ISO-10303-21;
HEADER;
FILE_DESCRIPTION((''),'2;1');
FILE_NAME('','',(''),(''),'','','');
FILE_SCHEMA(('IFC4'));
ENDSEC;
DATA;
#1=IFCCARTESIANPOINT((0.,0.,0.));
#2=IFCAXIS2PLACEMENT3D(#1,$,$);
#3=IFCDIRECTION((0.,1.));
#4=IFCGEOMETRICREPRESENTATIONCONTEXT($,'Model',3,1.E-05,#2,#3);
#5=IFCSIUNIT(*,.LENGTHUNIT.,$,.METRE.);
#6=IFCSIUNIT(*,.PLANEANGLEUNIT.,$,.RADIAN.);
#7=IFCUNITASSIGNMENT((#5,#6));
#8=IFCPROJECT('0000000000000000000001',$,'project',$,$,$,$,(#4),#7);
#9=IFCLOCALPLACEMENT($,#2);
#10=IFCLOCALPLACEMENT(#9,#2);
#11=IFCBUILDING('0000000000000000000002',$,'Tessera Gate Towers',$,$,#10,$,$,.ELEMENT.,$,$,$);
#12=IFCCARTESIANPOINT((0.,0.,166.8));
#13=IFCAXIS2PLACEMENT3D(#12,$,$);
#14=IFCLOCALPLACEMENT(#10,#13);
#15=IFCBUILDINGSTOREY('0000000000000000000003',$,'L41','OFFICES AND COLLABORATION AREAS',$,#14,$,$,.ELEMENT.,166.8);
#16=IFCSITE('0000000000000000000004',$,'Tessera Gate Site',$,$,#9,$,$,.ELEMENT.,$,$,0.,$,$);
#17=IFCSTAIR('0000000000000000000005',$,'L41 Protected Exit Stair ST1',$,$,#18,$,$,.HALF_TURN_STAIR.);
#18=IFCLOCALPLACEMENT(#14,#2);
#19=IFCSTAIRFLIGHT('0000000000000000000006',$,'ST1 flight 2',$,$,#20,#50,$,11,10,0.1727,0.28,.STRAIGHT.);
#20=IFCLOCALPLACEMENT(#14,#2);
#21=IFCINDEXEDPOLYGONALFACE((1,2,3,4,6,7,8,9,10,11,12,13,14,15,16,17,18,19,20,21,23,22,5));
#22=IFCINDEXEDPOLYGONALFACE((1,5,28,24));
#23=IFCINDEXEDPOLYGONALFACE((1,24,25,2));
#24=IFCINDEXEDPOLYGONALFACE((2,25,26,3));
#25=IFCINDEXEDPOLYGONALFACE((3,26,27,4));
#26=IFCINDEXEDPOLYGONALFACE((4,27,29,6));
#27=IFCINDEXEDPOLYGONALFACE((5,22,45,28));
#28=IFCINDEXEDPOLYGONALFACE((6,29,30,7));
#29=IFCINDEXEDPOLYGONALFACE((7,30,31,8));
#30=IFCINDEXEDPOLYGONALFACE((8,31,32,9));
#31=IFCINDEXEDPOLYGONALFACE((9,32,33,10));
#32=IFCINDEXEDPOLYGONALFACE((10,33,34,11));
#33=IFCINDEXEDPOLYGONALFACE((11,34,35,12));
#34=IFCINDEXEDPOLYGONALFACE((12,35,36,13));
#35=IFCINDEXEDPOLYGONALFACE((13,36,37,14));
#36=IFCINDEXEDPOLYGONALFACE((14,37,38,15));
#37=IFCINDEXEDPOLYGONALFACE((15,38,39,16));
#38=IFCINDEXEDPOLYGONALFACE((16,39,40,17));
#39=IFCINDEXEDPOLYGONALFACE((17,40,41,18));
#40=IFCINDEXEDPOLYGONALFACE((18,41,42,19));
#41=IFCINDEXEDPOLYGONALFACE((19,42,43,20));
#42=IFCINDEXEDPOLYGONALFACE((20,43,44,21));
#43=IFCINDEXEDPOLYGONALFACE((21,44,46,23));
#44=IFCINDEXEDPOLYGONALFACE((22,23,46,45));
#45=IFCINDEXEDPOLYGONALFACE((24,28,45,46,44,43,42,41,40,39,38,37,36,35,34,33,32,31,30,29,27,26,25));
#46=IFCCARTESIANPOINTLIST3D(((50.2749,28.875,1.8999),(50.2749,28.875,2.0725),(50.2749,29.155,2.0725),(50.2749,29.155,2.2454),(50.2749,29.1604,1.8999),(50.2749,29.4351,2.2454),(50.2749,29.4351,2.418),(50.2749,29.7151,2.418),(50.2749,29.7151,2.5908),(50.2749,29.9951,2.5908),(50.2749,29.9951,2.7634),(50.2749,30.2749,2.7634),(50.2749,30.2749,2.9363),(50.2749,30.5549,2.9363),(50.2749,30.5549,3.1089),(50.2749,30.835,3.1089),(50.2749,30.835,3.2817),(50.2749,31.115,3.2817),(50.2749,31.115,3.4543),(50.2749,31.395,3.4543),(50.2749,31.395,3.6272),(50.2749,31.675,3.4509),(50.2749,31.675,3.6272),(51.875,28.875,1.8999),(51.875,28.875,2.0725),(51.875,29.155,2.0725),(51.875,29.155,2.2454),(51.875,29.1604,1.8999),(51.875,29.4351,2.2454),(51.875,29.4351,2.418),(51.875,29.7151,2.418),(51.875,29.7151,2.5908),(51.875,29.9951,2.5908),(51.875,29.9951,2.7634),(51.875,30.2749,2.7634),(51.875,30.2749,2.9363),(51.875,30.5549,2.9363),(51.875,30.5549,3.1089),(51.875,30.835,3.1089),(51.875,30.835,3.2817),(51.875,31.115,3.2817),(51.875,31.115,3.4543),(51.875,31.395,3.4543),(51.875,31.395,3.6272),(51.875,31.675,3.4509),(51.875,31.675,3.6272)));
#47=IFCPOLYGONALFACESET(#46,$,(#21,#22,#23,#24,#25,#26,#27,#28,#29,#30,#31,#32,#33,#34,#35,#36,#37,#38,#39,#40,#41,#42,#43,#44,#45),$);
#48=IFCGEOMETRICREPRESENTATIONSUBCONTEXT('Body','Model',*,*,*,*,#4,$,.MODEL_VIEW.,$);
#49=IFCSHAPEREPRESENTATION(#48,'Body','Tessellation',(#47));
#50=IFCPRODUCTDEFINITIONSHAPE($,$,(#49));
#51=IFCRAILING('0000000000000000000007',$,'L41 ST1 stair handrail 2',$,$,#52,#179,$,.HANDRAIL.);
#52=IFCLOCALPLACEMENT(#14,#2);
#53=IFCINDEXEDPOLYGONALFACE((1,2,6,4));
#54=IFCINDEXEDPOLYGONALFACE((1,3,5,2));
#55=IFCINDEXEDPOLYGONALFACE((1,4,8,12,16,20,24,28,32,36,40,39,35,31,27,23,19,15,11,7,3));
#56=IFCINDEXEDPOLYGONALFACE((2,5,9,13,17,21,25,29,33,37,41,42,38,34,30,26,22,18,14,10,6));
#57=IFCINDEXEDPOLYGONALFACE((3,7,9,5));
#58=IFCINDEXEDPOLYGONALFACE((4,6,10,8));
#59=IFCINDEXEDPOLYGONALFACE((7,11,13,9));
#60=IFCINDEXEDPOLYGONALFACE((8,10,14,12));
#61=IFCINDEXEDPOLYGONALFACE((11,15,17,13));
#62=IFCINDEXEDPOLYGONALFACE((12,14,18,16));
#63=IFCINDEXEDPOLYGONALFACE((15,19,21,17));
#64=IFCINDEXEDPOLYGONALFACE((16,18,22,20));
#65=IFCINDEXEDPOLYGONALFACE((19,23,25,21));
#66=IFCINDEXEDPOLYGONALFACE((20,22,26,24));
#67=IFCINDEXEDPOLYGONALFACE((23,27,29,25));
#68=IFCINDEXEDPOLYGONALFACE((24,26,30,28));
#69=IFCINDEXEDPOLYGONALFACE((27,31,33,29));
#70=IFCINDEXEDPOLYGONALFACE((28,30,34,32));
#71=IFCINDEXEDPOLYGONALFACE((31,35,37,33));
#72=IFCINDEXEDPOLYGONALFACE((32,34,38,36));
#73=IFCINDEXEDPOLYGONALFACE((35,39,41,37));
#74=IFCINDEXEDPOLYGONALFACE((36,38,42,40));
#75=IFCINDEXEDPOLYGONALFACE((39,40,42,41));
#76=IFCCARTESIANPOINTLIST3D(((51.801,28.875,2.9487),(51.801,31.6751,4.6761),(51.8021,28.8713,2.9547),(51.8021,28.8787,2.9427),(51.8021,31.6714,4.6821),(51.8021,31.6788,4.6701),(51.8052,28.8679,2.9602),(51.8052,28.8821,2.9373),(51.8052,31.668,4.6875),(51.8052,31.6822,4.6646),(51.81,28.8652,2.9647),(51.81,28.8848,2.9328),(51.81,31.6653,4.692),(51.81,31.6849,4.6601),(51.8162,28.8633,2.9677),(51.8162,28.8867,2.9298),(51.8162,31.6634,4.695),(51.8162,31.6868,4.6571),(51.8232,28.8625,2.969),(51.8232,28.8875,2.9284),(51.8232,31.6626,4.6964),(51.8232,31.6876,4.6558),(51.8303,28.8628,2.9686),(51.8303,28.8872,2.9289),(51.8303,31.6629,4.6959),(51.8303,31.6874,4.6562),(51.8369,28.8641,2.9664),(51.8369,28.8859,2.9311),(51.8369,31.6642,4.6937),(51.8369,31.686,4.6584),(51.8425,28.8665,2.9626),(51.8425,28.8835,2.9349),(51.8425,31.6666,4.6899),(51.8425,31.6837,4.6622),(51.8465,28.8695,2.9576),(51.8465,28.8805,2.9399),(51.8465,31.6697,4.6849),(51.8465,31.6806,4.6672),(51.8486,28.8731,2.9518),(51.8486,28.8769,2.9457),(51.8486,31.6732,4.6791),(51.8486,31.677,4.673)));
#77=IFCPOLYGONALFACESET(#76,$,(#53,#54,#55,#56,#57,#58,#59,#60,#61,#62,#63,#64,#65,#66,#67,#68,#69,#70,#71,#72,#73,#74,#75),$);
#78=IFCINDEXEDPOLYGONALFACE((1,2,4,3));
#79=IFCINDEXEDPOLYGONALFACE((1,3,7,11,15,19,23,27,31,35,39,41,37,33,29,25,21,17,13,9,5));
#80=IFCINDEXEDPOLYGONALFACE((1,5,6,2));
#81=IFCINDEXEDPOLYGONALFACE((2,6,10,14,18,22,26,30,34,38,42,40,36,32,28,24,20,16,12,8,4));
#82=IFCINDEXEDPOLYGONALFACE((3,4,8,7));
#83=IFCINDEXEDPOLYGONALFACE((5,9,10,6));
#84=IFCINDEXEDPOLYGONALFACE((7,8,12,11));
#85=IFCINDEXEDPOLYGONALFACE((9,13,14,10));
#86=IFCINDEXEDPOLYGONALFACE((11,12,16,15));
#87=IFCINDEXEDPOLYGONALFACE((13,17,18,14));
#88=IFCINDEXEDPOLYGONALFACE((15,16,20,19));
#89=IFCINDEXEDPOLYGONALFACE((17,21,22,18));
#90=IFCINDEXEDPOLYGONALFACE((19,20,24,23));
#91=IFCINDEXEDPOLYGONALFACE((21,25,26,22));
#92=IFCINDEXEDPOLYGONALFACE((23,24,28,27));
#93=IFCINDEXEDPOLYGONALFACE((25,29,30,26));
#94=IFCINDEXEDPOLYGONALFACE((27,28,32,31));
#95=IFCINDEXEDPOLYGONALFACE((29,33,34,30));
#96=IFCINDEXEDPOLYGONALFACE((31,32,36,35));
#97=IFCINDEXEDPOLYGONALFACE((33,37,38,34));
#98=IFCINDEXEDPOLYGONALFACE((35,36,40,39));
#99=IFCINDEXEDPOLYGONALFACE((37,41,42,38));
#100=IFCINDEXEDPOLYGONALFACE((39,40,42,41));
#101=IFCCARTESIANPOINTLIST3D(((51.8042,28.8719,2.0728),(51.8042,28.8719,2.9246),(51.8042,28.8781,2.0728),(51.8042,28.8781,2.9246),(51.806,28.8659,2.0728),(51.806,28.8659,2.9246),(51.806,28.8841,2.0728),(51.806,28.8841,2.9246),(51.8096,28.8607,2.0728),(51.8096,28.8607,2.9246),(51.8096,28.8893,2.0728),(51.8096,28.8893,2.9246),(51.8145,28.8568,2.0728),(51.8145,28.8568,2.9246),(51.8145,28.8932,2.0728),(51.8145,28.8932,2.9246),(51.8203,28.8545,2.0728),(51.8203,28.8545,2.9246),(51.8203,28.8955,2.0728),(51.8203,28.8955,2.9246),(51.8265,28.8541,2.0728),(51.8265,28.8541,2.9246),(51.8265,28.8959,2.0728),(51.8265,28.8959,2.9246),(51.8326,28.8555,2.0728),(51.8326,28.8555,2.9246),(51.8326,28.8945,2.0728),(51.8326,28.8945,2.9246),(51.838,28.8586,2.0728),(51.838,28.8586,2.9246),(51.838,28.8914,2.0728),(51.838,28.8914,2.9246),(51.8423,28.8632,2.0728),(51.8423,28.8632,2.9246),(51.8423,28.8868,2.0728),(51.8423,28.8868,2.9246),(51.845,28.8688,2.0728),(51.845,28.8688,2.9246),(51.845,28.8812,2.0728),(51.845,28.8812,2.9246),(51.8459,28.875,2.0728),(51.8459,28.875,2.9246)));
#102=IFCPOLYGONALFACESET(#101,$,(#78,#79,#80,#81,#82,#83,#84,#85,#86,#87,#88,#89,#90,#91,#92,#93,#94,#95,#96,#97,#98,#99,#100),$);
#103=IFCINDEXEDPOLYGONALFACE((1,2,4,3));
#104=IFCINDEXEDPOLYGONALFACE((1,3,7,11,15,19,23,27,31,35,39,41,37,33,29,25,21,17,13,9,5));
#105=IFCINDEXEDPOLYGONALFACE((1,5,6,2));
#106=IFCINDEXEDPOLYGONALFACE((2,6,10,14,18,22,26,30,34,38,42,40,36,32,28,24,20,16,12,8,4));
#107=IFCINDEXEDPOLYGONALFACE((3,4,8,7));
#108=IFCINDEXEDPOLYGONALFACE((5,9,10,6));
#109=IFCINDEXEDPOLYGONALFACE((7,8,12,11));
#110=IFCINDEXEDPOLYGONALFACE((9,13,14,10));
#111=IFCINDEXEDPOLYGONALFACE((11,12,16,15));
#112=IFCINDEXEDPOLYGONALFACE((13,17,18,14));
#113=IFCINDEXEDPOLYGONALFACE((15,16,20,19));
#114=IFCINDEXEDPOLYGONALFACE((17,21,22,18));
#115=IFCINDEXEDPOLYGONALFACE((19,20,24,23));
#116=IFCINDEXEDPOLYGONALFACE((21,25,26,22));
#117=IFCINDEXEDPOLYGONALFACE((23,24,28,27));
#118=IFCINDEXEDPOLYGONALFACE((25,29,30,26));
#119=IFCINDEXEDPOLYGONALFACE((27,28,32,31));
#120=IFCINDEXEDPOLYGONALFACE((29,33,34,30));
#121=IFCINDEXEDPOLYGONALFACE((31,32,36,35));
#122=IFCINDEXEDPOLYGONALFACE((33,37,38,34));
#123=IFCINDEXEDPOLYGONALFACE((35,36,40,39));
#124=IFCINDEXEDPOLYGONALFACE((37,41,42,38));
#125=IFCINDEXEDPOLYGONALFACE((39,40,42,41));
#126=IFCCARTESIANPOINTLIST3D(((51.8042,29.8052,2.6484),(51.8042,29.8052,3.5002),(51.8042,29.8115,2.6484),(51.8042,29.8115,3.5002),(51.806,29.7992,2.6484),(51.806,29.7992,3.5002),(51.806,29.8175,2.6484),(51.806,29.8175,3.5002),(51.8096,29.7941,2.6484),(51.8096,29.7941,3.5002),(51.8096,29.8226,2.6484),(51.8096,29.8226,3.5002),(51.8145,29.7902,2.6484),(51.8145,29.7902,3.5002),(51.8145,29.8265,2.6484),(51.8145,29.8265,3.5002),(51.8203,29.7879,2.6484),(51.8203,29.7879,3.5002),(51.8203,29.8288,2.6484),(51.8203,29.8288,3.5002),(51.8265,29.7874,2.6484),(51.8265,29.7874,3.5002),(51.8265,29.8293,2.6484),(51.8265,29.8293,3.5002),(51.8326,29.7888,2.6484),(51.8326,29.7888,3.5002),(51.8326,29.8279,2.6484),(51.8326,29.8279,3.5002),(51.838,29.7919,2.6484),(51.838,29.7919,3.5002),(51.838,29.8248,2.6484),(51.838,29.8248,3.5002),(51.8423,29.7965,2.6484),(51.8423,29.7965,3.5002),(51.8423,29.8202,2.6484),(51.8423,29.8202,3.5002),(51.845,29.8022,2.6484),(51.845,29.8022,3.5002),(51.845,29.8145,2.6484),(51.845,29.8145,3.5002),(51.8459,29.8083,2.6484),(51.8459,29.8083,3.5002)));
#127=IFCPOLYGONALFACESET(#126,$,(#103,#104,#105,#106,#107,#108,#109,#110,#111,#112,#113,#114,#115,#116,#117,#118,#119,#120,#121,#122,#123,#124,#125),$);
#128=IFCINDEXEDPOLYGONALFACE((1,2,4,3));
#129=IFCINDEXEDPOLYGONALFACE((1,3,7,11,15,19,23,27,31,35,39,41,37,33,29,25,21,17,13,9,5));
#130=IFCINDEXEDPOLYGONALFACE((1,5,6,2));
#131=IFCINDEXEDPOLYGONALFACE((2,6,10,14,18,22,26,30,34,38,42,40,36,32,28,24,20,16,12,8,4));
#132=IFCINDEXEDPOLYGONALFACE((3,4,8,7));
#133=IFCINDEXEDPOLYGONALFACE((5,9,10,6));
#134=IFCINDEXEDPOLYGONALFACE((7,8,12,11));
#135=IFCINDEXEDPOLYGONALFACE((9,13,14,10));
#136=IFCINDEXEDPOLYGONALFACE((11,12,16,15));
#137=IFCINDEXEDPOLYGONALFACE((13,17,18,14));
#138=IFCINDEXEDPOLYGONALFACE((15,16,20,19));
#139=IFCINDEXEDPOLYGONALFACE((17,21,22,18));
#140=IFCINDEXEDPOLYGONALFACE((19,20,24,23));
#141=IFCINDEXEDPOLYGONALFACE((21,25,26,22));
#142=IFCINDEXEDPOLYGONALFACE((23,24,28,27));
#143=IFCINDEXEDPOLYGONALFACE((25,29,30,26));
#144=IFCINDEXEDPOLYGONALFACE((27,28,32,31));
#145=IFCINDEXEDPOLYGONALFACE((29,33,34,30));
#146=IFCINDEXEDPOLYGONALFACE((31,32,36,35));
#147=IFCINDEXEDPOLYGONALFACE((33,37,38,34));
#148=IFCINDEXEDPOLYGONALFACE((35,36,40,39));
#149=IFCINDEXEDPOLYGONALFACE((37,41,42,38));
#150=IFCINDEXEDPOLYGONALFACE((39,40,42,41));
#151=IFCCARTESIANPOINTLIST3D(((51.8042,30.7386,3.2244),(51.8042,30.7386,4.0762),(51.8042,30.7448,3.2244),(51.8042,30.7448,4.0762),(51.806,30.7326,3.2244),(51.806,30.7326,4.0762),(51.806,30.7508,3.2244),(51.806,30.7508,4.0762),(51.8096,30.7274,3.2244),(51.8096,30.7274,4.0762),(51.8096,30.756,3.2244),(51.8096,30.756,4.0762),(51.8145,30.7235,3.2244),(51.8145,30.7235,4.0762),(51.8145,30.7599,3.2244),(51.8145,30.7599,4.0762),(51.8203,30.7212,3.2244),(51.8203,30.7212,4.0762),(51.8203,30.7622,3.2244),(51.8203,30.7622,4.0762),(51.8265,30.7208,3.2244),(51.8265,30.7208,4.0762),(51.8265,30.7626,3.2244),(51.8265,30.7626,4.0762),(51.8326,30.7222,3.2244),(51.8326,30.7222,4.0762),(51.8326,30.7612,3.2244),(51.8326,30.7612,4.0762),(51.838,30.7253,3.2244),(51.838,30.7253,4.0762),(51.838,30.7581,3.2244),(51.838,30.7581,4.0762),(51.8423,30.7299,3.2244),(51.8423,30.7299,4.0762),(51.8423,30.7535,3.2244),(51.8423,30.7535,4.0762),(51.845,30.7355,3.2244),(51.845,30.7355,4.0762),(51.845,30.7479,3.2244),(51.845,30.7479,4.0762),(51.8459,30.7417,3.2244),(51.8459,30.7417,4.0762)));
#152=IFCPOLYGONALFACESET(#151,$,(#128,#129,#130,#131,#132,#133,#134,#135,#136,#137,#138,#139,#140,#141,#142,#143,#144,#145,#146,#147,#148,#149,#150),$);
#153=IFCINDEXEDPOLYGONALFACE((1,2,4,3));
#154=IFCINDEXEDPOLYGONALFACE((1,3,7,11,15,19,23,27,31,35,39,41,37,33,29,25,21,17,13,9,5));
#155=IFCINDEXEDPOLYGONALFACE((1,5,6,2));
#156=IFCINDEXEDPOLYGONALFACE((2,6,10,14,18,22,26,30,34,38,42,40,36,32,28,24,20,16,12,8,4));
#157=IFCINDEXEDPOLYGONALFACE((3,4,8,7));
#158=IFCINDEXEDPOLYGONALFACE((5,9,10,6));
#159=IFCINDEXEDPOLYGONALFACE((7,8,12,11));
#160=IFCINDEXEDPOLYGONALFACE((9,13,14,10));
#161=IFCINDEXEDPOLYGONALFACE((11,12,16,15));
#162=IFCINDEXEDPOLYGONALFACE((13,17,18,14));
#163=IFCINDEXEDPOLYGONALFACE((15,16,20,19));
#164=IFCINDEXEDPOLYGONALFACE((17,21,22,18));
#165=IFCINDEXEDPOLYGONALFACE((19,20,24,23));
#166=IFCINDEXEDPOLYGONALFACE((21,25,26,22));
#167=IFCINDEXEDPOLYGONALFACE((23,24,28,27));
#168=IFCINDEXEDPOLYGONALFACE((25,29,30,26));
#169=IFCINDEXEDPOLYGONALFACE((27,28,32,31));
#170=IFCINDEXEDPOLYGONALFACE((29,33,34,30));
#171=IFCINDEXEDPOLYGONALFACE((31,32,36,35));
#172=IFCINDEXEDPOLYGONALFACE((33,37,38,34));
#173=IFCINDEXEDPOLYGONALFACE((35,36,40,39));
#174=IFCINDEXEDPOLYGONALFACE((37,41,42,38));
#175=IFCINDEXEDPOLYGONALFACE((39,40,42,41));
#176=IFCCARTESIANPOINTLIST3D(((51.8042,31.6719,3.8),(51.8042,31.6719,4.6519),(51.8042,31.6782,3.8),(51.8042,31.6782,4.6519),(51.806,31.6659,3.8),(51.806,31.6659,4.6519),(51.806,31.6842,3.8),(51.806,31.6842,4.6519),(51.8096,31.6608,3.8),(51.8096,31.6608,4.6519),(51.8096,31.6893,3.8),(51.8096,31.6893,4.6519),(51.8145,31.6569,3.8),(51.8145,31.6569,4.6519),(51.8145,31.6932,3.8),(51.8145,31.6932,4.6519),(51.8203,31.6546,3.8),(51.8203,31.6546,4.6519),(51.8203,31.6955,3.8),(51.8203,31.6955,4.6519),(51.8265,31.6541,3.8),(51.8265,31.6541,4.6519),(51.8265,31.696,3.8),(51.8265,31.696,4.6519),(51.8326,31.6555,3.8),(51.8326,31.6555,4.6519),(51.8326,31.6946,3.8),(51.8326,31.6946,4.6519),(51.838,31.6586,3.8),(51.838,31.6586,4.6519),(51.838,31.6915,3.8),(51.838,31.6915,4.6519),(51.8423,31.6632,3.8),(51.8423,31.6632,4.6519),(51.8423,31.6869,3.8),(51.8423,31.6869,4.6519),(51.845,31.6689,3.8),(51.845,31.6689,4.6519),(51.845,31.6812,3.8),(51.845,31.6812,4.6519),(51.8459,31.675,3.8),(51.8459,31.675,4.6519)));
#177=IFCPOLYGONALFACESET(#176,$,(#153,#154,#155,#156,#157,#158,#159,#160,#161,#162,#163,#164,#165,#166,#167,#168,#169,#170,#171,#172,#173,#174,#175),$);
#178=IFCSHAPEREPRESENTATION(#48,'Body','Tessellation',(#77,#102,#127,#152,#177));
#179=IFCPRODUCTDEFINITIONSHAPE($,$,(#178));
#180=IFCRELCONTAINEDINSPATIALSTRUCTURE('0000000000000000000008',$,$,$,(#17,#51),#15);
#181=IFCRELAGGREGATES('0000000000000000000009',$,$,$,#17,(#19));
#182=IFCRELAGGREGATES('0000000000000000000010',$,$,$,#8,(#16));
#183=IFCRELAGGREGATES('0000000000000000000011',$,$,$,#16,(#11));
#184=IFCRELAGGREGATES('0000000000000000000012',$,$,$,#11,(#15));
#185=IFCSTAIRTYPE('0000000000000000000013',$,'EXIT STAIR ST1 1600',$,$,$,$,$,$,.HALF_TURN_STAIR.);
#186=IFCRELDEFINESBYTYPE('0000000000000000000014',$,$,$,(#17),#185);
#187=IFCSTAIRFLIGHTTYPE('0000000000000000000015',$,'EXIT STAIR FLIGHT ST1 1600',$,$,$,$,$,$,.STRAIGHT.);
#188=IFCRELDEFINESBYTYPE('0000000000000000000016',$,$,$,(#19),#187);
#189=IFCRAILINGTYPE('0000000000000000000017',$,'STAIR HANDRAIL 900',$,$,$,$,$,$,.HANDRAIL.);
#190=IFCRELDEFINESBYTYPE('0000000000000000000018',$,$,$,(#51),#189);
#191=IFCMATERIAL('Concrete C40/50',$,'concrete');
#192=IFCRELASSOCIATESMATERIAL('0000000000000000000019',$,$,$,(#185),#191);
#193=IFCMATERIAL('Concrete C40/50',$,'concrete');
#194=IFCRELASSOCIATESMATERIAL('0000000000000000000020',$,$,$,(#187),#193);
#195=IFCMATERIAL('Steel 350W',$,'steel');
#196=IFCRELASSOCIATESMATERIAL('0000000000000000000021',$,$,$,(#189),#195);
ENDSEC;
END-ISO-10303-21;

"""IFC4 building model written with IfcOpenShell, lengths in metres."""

from ifc_helpers import new_model, si_unit, direction, frame, origin, origin_2d, place, context, subcontext, project, spatial, polyline, circle, outline, extrude, material, type_object, element, aggregate, save


model = new_model("IFC4")

# Units and contexts
model_context = context("Model", 3, precision=1e-05, world=origin(), true_north=direction((0.0, 1.0)))
body_context = subcontext(model_context, "Body", "Model", "MODEL_VIEW")
ifc_project = project(units=[si_unit("LENGTHUNIT", "METRE"), si_unit("PLANEANGLEUNIT", "RADIAN")], contexts=[model_context])

# Site, building, storey
site_placement = place(None, origin())
site = spatial("IfcSite", under=ifc_project, at=site_placement, Name="Tessera Gate Site", CompositionType="ELEMENT", RefElevation=0.0)
building_placement = place(site_placement, origin())
building = spatial("IfcBuilding", under=site, at=building_placement, Name="Tessera Gate Towers", CompositionType="ELEMENT")
storey_placement = place(building_placement, frame((0.0, 0.0, 166.8)))
storey = spatial("IfcBuildingStorey", under=building, at=storey_placement, Name="L41", Description="OFFICES AND COLLABORATION AREAS", CompositionType="ELEMENT", Elevation=166.8)

# Stair, stair flight
ifc_material_1 = material(Name="Concrete C40/50", Category="concrete")
stair_type = type_object("IfcStairType", Name="EXIT STAIR ST1 1600", PredefinedType="HALF_TURN_STAIR", material=ifc_material_1)
stair_placement = place(storey_placement, origin())
stair = element("IfcStair", 1, at=stair_placement, inside=storey, type_object=stair_type, Name="L41 Protected Exit Stair ST1", PredefinedType="HALF_TURN_STAIR")
ifc_material_2 = material(Name="Concrete C40/50", Category="concrete")
stair_flight_type = type_object("IfcStairFlightType", Name="EXIT STAIR FLIGHT ST1 1600", PredefinedType="STRAIGHT", material=ifc_material_2)
stair_flight_placement = place(storey_placement, frame((51.075, 28.875, 1.8999), z_axis=(0.0, 0.0, 1.0), x_axis=(0.0, 1.0, 0.0)))
stair_flight = element("IfcStairFlight", 2, at=stair_flight_placement, type_object=stair_flight_type, Name="ST1 flight 2", NumberOfRisers=11, NumberOfTreads=10, PredefinedType="STRAIGHT", RiserHeight=0.1727, TreadLength=0.28, context=body_context, shape_type="SweptSolid", body=[
    extrude(outline(polyline([(0.0, 0.0), (0.0, 0.1726), (0.28, 0.1726), (0.28, 0.3455), (0.5601, 0.3455), (0.5601, 0.5181), (0.8401, 0.5181), (0.8401, 0.6909), (1.1201, 0.6909), (1.1201, 0.8635), (1.3999, 0.8635), (1.3999, 1.0364), (1.6799, 1.0364), (1.6799, 1.209), (1.96, 1.209), (1.96, 1.3818), (2.24, 1.3818), (2.24, 1.5544), (2.52, 1.5544), (2.52, 1.7273), (2.8, 1.7273), (2.8, 1.8999), (2.8, 1.551), (0.2854, 0.0), (0.0, 0.0)])), frame((0.0, 0.8, 0.0), z_axis=(0.0, -1.0, 0.0), x_axis=(1.0, 0.0, 0.0)), (0.0, 0.0, 1.0), 1.6001),
])
aggregate(stair, [stair_flight])

# Railing
ifc_material_3 = material(Name="Steel 350W", Category="steel")
railing_type = type_object("IfcRailingType", Name="STAIR HANDRAIL 900", PredefinedType="HANDRAIL", material=ifc_material_3)
railing_placement = place(storey_placement, frame((51.825, 28.875, 2.0728)))
element("IfcRailing", 3, at=railing_placement, inside=storey, type_object=railing_type, Name="L41 ST1 stair handrail 2", PredefinedType="HANDRAIL", context=body_context, shape_type="SweptSolid", body=[
    extrude(circle(Radius=0.0239, at=origin_2d()), frame((0.0, 0.0, 0.876), z_axis=(0.0, 0.85109, 0.52502), x_axis=(-1.0, 0.0, 0.0)), (0.0, 0.0, 1.0), 3.29),
    extrude(circle(Radius=0.021, at=origin_2d()), origin(), (0.0, 0.0, 1.0), 0.8518),
    extrude(circle(Radius=0.021, at=origin_2d()), frame((0.0, 0.9333, 0.5757)), (0.0, 0.0, 1.0), 0.8518),
    extrude(circle(Radius=0.021, at=origin_2d()), frame((0.0, 1.8667, 1.1516)), (0.0, 0.0, 1.0), 0.8518),
    extrude(circle(Radius=0.021, at=origin_2d()), frame((0.0, 2.8, 1.7273)), (0.0, 0.0, 1.0), 0.8518),
])

save(model, "model.ifc")
